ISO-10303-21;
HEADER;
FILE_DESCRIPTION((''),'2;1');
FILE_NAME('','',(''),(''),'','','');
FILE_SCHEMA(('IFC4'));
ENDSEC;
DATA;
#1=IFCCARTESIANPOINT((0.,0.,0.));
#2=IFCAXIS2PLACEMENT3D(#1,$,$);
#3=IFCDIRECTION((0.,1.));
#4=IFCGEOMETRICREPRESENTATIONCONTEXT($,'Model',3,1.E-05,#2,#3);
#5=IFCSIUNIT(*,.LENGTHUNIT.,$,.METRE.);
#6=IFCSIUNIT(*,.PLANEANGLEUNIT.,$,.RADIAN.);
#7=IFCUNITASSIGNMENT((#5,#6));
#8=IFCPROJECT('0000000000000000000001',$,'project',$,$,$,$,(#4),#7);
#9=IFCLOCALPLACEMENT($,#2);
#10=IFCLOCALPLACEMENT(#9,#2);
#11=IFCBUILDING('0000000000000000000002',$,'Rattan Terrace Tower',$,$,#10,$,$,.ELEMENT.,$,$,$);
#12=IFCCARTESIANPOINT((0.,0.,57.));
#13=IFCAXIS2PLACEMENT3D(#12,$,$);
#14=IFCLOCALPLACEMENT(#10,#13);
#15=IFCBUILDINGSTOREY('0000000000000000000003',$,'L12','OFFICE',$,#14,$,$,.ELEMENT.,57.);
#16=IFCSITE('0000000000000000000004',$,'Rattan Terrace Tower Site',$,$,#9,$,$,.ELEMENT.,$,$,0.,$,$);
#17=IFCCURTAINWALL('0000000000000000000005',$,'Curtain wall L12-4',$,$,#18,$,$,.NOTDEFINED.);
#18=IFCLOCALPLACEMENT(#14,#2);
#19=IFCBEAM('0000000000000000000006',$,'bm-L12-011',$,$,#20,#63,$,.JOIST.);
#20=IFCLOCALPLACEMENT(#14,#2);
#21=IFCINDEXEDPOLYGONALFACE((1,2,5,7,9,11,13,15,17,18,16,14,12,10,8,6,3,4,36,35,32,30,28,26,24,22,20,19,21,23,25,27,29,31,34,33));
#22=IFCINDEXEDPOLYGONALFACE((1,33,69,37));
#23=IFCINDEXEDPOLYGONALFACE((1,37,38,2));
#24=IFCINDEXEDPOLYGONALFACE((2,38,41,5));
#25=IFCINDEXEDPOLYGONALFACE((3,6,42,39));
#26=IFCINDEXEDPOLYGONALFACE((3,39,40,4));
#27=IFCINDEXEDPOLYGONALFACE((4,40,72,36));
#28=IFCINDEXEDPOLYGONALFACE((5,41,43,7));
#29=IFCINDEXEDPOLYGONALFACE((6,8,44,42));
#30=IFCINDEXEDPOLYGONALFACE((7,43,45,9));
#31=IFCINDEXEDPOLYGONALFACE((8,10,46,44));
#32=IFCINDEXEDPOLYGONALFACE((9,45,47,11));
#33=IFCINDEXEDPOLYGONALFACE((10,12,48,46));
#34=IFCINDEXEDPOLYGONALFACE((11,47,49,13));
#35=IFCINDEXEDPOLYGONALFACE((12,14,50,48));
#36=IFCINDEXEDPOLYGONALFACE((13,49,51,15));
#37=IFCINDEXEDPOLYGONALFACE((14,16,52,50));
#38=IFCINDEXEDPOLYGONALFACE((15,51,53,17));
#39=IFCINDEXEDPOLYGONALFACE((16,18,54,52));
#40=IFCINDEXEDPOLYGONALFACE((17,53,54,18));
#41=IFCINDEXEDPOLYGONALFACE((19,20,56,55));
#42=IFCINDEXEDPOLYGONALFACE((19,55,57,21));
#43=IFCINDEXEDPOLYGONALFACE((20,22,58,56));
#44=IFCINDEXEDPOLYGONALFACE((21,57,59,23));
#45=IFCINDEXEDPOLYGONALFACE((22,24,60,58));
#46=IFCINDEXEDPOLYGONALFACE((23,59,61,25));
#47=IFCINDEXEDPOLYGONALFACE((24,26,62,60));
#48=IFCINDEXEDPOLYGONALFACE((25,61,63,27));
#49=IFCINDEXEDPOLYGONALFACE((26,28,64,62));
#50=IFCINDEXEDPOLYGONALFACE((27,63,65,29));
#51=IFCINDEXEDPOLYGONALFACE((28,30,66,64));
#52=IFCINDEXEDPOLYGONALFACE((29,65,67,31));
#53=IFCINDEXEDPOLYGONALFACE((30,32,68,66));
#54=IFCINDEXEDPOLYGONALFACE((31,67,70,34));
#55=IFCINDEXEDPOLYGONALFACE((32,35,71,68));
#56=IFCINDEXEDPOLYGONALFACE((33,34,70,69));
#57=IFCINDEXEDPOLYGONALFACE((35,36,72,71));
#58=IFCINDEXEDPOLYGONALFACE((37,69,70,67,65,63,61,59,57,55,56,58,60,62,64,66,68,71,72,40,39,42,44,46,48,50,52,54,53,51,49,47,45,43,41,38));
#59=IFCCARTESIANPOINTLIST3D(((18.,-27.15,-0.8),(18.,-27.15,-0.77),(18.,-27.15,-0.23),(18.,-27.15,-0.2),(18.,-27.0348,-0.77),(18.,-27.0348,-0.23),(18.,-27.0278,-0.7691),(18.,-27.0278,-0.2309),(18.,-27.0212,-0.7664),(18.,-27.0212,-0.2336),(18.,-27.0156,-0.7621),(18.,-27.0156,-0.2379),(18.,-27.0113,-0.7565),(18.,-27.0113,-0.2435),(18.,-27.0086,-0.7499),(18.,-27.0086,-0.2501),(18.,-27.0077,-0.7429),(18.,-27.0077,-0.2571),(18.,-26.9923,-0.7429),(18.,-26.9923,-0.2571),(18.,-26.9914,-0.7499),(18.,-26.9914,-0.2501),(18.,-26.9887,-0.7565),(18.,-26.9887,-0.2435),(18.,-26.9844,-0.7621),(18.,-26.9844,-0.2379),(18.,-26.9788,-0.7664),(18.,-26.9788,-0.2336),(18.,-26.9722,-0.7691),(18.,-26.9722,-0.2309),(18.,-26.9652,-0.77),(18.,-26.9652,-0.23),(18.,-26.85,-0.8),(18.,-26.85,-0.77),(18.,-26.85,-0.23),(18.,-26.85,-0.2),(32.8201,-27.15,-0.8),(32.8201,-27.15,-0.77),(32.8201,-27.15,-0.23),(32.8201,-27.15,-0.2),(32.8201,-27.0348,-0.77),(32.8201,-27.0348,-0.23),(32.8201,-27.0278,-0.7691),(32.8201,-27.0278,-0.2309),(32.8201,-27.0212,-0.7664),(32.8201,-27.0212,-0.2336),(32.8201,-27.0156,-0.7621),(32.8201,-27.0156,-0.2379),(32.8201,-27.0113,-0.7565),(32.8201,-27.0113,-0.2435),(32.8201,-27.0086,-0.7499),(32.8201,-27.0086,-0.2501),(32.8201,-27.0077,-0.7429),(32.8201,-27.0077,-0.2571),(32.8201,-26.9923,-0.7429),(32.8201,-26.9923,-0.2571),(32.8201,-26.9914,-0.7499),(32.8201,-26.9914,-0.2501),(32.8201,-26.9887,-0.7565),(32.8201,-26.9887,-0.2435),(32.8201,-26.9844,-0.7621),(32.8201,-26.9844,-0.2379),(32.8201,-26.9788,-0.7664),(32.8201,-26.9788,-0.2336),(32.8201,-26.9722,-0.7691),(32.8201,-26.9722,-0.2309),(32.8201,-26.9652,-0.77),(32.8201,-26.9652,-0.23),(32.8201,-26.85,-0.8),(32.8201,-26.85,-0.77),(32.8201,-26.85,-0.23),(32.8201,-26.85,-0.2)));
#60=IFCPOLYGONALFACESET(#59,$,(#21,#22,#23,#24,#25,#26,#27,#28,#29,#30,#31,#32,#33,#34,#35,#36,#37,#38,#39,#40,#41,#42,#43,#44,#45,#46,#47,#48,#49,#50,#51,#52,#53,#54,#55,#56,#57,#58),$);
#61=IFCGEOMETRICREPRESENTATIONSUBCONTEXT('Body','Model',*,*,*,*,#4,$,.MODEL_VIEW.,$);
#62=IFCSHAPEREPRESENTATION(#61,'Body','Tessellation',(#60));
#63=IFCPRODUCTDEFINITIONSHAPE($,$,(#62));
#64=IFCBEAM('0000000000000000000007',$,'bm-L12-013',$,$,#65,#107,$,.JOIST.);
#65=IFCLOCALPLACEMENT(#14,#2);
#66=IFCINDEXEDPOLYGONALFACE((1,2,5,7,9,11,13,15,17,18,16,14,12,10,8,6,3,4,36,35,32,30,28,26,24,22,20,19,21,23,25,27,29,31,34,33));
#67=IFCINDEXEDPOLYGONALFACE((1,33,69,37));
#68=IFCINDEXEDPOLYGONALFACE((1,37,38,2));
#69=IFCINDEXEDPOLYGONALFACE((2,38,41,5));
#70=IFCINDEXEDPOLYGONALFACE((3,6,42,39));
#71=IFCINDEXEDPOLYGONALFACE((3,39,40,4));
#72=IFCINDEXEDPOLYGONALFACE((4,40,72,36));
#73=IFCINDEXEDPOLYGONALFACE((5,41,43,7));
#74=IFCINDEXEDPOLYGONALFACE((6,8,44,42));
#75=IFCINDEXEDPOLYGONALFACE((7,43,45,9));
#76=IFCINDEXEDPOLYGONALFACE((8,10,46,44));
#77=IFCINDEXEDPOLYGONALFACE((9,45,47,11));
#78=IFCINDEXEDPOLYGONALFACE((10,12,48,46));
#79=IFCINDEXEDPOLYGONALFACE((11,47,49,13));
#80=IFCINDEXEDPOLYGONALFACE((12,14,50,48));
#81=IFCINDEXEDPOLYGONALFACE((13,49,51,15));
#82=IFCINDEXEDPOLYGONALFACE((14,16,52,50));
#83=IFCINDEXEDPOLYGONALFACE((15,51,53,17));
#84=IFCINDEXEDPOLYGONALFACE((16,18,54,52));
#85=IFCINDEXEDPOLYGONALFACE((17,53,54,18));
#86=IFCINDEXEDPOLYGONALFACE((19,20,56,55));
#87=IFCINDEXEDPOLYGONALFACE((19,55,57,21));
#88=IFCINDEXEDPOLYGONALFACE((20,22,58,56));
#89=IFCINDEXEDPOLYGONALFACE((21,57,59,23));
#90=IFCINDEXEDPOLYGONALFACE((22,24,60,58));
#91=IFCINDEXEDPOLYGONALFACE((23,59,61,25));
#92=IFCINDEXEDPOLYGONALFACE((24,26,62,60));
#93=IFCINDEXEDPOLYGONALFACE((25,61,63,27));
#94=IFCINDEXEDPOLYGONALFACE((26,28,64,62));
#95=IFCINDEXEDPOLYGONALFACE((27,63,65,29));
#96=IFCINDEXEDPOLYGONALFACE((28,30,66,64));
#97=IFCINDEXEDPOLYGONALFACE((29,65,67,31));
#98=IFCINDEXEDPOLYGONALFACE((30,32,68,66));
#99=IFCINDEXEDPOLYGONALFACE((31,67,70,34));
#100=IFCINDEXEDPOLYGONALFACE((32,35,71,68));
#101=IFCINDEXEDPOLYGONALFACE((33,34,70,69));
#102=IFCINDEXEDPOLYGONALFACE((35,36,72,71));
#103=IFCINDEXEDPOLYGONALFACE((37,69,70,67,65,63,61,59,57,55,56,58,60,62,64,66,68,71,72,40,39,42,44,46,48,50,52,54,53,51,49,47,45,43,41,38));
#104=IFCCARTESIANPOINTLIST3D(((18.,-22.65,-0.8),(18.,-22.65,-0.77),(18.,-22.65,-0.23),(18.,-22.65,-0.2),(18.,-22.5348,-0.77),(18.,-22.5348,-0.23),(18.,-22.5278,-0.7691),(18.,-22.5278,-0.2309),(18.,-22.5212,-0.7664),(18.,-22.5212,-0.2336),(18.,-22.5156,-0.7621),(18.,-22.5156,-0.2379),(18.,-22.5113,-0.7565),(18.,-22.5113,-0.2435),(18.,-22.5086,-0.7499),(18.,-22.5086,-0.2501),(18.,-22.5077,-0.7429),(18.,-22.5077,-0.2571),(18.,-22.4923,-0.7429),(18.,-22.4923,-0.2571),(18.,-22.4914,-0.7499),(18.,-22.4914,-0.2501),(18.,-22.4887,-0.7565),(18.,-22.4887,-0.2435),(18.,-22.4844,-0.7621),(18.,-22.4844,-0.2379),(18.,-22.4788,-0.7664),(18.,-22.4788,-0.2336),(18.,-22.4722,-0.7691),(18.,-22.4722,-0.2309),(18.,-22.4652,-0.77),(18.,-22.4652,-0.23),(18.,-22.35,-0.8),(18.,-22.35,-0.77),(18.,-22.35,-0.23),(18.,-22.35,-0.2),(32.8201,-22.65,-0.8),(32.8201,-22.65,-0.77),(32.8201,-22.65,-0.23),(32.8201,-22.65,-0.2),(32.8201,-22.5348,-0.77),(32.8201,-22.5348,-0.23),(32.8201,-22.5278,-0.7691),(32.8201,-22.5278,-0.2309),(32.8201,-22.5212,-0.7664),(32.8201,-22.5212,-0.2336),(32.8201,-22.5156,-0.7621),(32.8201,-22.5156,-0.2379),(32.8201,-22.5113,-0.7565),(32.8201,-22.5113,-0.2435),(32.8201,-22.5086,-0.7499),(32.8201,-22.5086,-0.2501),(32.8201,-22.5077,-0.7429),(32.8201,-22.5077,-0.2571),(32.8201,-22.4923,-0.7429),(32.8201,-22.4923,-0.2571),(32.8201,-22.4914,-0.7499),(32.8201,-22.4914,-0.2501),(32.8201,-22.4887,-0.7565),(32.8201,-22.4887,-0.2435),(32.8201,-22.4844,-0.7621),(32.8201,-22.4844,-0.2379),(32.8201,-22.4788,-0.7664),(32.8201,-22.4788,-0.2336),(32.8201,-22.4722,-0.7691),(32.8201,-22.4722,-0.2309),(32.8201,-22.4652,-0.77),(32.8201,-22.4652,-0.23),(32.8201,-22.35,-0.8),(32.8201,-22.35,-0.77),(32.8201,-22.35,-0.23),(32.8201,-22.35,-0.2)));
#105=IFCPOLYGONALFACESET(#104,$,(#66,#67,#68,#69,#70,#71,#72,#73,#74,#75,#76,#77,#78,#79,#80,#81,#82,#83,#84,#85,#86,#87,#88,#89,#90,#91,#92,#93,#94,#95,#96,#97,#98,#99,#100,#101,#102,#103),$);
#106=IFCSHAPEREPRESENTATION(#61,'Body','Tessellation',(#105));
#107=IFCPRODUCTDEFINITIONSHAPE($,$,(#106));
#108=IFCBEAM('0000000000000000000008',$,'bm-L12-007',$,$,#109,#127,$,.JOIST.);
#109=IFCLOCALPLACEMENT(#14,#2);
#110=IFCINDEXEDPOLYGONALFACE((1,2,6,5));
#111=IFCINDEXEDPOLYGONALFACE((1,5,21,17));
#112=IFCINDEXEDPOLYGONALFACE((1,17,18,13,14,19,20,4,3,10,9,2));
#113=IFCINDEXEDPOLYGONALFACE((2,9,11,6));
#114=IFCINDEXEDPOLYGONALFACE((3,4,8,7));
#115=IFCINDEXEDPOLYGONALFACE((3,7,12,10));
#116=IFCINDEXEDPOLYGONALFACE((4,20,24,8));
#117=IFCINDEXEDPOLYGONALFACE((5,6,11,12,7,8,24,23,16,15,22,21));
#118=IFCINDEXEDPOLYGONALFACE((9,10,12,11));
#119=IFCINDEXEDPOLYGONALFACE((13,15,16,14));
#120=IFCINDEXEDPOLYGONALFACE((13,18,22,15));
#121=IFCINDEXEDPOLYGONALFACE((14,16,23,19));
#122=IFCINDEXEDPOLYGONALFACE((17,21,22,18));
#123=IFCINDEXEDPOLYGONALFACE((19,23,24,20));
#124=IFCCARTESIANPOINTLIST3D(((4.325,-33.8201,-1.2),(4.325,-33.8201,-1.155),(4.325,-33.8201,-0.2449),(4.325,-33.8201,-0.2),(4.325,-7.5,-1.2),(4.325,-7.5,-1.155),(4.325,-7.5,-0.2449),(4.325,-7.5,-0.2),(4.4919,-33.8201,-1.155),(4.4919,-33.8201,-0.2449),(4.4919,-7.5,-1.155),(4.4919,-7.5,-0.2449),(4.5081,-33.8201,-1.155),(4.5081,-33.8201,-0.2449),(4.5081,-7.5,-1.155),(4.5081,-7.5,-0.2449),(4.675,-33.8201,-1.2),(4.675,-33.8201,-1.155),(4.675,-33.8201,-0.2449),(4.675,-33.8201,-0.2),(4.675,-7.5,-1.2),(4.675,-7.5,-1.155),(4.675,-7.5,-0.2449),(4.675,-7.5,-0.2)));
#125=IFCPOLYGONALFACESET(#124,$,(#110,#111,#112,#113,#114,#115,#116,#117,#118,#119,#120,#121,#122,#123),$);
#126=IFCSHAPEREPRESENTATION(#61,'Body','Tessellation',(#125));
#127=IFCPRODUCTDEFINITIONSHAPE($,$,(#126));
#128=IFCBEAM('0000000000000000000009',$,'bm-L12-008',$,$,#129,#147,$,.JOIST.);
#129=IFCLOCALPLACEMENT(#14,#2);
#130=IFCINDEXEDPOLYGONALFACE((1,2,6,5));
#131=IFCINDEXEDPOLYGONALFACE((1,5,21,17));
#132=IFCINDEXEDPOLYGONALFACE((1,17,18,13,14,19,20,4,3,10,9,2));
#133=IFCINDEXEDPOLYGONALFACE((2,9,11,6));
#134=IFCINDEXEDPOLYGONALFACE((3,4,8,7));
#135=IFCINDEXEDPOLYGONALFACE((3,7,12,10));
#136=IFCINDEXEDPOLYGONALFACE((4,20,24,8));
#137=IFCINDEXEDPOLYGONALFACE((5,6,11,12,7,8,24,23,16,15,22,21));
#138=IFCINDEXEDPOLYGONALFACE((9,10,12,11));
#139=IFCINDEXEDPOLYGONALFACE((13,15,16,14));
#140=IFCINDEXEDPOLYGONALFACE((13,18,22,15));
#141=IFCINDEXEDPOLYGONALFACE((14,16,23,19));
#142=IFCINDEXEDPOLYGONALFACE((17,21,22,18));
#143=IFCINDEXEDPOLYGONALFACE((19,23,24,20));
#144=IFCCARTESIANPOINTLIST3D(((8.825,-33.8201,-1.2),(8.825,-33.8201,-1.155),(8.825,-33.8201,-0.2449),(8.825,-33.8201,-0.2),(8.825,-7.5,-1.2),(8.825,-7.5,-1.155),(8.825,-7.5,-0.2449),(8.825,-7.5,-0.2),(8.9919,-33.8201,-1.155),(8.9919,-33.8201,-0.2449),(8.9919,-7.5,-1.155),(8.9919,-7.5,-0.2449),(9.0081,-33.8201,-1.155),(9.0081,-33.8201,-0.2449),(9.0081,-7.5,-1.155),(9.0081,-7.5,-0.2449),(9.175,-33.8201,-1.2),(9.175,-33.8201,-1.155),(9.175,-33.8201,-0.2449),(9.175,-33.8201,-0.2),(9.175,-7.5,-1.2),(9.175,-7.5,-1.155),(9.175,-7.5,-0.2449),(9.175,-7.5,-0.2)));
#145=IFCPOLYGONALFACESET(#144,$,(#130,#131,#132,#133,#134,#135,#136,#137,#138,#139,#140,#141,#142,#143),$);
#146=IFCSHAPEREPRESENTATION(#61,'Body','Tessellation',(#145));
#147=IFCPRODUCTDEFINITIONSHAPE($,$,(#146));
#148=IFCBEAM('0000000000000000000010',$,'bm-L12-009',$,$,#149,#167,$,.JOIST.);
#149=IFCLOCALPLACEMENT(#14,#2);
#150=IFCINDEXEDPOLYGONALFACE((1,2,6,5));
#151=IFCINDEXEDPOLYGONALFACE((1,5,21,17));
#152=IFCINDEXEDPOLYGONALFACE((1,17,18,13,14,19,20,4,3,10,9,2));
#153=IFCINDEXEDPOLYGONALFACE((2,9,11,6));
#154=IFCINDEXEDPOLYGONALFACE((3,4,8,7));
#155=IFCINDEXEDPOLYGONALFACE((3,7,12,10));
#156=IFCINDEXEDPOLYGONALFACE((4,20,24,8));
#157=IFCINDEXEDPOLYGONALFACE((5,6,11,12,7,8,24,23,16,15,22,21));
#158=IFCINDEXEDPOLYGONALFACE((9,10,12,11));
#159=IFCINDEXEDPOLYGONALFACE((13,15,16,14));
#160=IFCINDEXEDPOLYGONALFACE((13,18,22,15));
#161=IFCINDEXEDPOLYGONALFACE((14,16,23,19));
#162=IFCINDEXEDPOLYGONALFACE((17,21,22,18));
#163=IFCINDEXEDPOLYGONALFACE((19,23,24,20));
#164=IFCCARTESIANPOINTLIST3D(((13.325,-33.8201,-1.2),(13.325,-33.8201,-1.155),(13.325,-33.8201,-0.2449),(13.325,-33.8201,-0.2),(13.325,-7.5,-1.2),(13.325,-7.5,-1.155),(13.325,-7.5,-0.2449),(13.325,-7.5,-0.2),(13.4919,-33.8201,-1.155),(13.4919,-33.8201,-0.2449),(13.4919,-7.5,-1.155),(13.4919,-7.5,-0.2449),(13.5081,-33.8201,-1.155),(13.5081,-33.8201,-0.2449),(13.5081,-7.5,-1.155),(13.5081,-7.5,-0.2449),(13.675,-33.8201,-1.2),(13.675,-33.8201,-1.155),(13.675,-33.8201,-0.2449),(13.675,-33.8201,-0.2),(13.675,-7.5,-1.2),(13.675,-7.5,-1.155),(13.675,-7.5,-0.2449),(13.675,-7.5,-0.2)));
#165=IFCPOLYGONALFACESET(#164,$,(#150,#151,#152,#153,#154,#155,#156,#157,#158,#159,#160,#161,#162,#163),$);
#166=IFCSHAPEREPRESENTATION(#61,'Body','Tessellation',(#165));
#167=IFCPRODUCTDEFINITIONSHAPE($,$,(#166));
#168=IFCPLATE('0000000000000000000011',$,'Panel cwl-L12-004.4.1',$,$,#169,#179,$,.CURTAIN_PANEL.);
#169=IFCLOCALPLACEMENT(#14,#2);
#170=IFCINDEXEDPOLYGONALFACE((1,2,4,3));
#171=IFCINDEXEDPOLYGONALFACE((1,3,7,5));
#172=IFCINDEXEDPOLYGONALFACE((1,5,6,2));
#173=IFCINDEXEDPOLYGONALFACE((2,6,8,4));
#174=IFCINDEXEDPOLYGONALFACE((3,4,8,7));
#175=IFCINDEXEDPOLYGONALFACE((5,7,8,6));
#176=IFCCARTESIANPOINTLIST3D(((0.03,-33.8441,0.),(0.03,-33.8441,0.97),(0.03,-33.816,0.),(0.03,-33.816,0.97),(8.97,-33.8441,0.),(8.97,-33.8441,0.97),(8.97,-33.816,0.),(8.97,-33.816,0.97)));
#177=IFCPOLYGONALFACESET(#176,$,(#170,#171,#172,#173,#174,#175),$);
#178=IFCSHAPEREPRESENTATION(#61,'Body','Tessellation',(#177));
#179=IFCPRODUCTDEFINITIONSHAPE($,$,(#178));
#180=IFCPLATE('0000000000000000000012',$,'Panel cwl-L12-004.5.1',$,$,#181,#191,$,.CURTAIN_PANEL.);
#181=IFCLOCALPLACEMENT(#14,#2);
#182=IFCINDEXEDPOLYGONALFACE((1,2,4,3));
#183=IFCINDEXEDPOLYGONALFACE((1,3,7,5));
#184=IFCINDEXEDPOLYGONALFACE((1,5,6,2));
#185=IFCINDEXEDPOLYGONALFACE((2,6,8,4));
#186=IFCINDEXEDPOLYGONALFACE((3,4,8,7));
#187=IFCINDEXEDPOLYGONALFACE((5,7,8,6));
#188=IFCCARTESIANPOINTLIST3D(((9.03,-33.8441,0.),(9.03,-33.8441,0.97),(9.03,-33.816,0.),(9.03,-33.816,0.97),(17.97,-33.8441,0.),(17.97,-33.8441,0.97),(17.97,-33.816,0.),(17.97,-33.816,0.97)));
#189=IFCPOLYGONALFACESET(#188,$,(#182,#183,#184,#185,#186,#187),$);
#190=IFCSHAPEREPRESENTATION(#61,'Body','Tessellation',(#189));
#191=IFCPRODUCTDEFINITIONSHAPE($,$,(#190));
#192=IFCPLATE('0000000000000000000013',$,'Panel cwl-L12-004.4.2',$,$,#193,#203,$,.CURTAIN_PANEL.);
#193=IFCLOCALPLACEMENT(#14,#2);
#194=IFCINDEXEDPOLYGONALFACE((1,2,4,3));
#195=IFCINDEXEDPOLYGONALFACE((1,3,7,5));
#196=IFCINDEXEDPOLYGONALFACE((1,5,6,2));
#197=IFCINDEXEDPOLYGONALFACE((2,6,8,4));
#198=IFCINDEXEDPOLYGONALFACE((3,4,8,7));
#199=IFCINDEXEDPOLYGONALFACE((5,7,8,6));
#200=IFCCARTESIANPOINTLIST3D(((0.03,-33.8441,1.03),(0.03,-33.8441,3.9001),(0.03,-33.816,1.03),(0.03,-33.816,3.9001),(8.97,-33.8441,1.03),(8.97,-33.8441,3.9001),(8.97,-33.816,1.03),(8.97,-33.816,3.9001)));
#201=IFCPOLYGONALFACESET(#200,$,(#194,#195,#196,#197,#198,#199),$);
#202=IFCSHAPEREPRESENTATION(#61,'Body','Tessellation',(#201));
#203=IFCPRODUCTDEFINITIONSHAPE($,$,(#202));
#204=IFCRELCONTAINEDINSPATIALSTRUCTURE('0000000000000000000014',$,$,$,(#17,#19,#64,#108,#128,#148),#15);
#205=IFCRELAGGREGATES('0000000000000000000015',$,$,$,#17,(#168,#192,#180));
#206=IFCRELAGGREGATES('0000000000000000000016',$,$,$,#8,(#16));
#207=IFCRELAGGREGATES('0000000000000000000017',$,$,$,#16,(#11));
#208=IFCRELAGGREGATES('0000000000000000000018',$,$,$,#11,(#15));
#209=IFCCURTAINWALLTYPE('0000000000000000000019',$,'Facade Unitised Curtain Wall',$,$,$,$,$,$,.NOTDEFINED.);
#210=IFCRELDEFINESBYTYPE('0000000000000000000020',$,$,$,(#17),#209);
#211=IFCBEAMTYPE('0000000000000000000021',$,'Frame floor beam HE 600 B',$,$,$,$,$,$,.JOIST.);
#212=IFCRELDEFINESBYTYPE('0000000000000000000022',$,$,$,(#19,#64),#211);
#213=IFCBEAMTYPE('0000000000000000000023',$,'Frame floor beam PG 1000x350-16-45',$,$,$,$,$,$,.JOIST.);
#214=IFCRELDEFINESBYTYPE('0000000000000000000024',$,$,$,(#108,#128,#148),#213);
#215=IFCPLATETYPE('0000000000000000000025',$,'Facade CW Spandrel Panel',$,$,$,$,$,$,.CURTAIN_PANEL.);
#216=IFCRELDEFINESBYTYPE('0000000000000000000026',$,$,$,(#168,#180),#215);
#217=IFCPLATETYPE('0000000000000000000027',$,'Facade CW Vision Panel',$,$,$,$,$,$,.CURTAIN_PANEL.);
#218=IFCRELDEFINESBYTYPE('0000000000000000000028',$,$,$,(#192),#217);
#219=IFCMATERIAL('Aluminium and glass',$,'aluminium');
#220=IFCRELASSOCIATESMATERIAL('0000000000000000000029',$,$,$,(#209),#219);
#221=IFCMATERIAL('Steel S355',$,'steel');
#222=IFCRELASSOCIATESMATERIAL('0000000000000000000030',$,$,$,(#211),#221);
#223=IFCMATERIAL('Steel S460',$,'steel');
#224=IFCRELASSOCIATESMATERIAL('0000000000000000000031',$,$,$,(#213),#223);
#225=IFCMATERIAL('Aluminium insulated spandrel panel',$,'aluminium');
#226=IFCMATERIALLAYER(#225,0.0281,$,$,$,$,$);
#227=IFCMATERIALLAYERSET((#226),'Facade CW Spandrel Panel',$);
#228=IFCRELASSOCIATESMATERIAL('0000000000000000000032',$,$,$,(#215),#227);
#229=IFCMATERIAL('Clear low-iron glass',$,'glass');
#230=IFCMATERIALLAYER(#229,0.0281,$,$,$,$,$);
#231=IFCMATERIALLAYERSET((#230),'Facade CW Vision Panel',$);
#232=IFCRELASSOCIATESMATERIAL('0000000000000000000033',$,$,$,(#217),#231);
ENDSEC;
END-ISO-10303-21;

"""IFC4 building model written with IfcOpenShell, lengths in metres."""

from ifc_helpers import new_model, si_unit, direction, frame, origin, origin_2d, place, context, subcontext, project, spatial, rectangle, i_section, extrude, material, layer, layer_set, material_profile, profile_set, type_object, element, aggregate, save


model = new_model("IFC4")

# Units and contexts
model_context = context("Model", 3, precision=1e-05, world=origin(), true_north=direction((0.0, 1.0)))
body_context = subcontext(model_context, "Body", "Model", "MODEL_VIEW")
ifc_project = project(units=[si_unit("LENGTHUNIT", "METRE"), si_unit("PLANEANGLEUNIT", "RADIAN")], contexts=[model_context])

# Site, building, storey
site_placement = place(None, origin())
site = spatial("IfcSite", under=ifc_project, at=site_placement, Name="Rattan Terrace Tower Site", CompositionType="ELEMENT", RefElevation=0.0)
building_placement = place(site_placement, origin())
building = spatial("IfcBuilding", under=site, at=building_placement, Name="Rattan Terrace Tower", CompositionType="ELEMENT")
storey_placement = place(building_placement, frame((0.0, 0.0, 57.0)))
storey = spatial("IfcBuildingStorey", under=building, at=storey_placement, Name="L12", Description="OFFICE", CompositionType="ELEMENT", Elevation=57.0)

# Curtain wall
ifc_material_1 = material(Name="Aluminium and glass", Category="aluminium")
curtain_wall_type = type_object("IfcCurtainWallType", Name="Facade Unitised Curtain Wall", PredefinedType="NOTDEFINED", material=ifc_material_1)
curtain_wall_placement = place(storey_placement, origin())
curtain_wall = element("IfcCurtainWall", 1, at=curtain_wall_placement, inside=storey, type_object=curtain_wall_type, Name="Curtain wall L12-4", PredefinedType="NOTDEFINED")

# Beams
ifc_material_2 = material(Name="Steel S355", Category="steel")
ifc_material_profile_1 = material_profile(ifc_material_2, i_section(OverallWidth=0.3, OverallDepth=0.6001, WebThickness=0.0154, FlangeThickness=0.03, FilletRadius=0.0271, at=origin_2d()), Name="HE 600 B")
ifc_profile_set_1 = profile_set([ifc_material_profile_1], Name="Steel S355")
beam_type_1 = type_object("IfcBeamType", Name="Frame floor beam HE 600 B", PredefinedType="JOIST", material=ifc_profile_set_1)
for number, where, z_axis, x_axis, name in (
    (2, (18.0, -27.0, -0.5), (1.0, 0.0, 0.0), (0.0, 1.0, 0.0), "bm-L12-011"),
    (3, (18.0, -22.5, -0.5), (1.0, 0.0, 0.0), (0.0, 1.0, 0.0), "bm-L12-013"),
):
    element("IfcBeam", number, at=place(storey_placement, frame(where, z_axis=z_axis, x_axis=x_axis)), inside=storey, type_object=beam_type_1, Name=name, PredefinedType="JOIST", context=body_context, shape_type="SweptSolid", body=[
        extrude(i_section(OverallWidth=0.3, OverallDepth=0.6001, WebThickness=0.0154, FlangeThickness=0.03, FilletRadius=0.0271, at=origin_2d()), origin(), (0.0, 0.0, 1.0), 14.8201),
    ])
ifc_material_3 = material(Name="Steel S460", Category="steel")
ifc_material_profile_2 = material_profile(ifc_material_3, i_section(OverallWidth=0.3501, OverallDepth=1.0, WebThickness=0.0161, FlangeThickness=0.0449, at=origin_2d()), Name="PG 1000x350-16-45")
ifc_profile_set_2 = profile_set([ifc_material_profile_2], Name="Steel S460")
beam_type_2 = type_object("IfcBeamType", Name="Frame floor beam PG 1000x350-16-45", PredefinedType="JOIST", material=ifc_profile_set_2)
for number, where, z_axis, x_axis, name in (
    (4, (4.5, -33.8201, -0.7), (0.0, 1.0, 0.0), (-1.0, 0.0, 0.0), "bm-L12-007"),
    (5, (9.0, -33.8201, -0.7), (0.0, 1.0, 0.0), (-1.0, 0.0, 0.0), "bm-L12-008"),
    (6, (13.5, -33.8201, -0.7), (0.0, 1.0, 0.0), (-1.0, 0.0, 0.0), "bm-L12-009"),
):
    element("IfcBeam", number, at=place(storey_placement, frame(where, z_axis=z_axis, x_axis=x_axis)), inside=storey, type_object=beam_type_2, Name=name, PredefinedType="JOIST", context=body_context, shape_type="SweptSolid", body=[
        extrude(i_section(OverallWidth=0.3501, OverallDepth=1.0, WebThickness=0.0161, FlangeThickness=0.0449, at=origin_2d()), origin(), (0.0, 0.0, 1.0), 26.3201),
    ])

# Plates
ifc_material_4 = material(Name="Aluminium insulated spandrel panel", Category="aluminium")
ifc_layer_1 = layer(ifc_material_4, 0.0281)
ifc_layer_set_1 = layer_set([ifc_layer_1], Name="Facade CW Spandrel Panel")
plate_type_1 = type_object("IfcPlateType", Name="Facade CW Spandrel Panel", PredefinedType="CURTAIN_PANEL", material=ifc_layer_set_1)
plate_1_placement = place(storey_placement, frame((4.5, -33.8301, 0.0), z_axis=(0.0, 0.0, 1.0), x_axis=(1.0, 0.0, 0.0)))
plate_1 = element("IfcPlate", 7, at=plate_1_placement, type_object=plate_type_1, Name="Panel cwl-L12-004.4.1", PredefinedType="CURTAIN_PANEL", context=body_context, shape_type="SweptSolid", body=[
    extrude(rectangle(XDim=8.9399, YDim=0.0281, at=origin_2d()), origin(), (0.0, 0.0, 1.0), 0.97),
])
plate_2_placement = place(storey_placement, frame((13.5, -33.8301, 0.0), z_axis=(0.0, 0.0, 1.0), x_axis=(1.0, 0.0, 0.0)))
plate_2 = element("IfcPlate", 8, at=plate_2_placement, type_object=plate_type_1, Name="Panel cwl-L12-004.5.1", PredefinedType="CURTAIN_PANEL", context=body_context, shape_type="SweptSolid", body=[
    extrude(rectangle(XDim=8.9399, YDim=0.0281, at=origin_2d()), origin(), (0.0, 0.0, 1.0), 0.97),
])
ifc_material_5 = material(Name="Clear low-iron glass", Category="glass")
ifc_layer_2 = layer(ifc_material_5, 0.0281)
ifc_layer_set_2 = layer_set([ifc_layer_2], Name="Facade CW Vision Panel")
plate_type_2 = type_object("IfcPlateType", Name="Facade CW Vision Panel", PredefinedType="CURTAIN_PANEL", material=ifc_layer_set_2)
plate_3_placement = place(storey_placement, frame((4.5, -33.8301, 1.03), z_axis=(0.0, 0.0, 1.0), x_axis=(1.0, 0.0, 0.0)))
plate_3 = element("IfcPlate", 9, at=plate_3_placement, type_object=plate_type_2, Name="Panel cwl-L12-004.4.2", PredefinedType="CURTAIN_PANEL", context=body_context, shape_type="SweptSolid", body=[
    extrude(rectangle(XDim=8.9399, YDim=0.0281, at=origin_2d()), origin(), (0.0, 0.0, 1.0), 2.8701),
])
aggregate(curtain_wall, [plate_1, plate_3, plate_2])

save(model, "model.ifc")
